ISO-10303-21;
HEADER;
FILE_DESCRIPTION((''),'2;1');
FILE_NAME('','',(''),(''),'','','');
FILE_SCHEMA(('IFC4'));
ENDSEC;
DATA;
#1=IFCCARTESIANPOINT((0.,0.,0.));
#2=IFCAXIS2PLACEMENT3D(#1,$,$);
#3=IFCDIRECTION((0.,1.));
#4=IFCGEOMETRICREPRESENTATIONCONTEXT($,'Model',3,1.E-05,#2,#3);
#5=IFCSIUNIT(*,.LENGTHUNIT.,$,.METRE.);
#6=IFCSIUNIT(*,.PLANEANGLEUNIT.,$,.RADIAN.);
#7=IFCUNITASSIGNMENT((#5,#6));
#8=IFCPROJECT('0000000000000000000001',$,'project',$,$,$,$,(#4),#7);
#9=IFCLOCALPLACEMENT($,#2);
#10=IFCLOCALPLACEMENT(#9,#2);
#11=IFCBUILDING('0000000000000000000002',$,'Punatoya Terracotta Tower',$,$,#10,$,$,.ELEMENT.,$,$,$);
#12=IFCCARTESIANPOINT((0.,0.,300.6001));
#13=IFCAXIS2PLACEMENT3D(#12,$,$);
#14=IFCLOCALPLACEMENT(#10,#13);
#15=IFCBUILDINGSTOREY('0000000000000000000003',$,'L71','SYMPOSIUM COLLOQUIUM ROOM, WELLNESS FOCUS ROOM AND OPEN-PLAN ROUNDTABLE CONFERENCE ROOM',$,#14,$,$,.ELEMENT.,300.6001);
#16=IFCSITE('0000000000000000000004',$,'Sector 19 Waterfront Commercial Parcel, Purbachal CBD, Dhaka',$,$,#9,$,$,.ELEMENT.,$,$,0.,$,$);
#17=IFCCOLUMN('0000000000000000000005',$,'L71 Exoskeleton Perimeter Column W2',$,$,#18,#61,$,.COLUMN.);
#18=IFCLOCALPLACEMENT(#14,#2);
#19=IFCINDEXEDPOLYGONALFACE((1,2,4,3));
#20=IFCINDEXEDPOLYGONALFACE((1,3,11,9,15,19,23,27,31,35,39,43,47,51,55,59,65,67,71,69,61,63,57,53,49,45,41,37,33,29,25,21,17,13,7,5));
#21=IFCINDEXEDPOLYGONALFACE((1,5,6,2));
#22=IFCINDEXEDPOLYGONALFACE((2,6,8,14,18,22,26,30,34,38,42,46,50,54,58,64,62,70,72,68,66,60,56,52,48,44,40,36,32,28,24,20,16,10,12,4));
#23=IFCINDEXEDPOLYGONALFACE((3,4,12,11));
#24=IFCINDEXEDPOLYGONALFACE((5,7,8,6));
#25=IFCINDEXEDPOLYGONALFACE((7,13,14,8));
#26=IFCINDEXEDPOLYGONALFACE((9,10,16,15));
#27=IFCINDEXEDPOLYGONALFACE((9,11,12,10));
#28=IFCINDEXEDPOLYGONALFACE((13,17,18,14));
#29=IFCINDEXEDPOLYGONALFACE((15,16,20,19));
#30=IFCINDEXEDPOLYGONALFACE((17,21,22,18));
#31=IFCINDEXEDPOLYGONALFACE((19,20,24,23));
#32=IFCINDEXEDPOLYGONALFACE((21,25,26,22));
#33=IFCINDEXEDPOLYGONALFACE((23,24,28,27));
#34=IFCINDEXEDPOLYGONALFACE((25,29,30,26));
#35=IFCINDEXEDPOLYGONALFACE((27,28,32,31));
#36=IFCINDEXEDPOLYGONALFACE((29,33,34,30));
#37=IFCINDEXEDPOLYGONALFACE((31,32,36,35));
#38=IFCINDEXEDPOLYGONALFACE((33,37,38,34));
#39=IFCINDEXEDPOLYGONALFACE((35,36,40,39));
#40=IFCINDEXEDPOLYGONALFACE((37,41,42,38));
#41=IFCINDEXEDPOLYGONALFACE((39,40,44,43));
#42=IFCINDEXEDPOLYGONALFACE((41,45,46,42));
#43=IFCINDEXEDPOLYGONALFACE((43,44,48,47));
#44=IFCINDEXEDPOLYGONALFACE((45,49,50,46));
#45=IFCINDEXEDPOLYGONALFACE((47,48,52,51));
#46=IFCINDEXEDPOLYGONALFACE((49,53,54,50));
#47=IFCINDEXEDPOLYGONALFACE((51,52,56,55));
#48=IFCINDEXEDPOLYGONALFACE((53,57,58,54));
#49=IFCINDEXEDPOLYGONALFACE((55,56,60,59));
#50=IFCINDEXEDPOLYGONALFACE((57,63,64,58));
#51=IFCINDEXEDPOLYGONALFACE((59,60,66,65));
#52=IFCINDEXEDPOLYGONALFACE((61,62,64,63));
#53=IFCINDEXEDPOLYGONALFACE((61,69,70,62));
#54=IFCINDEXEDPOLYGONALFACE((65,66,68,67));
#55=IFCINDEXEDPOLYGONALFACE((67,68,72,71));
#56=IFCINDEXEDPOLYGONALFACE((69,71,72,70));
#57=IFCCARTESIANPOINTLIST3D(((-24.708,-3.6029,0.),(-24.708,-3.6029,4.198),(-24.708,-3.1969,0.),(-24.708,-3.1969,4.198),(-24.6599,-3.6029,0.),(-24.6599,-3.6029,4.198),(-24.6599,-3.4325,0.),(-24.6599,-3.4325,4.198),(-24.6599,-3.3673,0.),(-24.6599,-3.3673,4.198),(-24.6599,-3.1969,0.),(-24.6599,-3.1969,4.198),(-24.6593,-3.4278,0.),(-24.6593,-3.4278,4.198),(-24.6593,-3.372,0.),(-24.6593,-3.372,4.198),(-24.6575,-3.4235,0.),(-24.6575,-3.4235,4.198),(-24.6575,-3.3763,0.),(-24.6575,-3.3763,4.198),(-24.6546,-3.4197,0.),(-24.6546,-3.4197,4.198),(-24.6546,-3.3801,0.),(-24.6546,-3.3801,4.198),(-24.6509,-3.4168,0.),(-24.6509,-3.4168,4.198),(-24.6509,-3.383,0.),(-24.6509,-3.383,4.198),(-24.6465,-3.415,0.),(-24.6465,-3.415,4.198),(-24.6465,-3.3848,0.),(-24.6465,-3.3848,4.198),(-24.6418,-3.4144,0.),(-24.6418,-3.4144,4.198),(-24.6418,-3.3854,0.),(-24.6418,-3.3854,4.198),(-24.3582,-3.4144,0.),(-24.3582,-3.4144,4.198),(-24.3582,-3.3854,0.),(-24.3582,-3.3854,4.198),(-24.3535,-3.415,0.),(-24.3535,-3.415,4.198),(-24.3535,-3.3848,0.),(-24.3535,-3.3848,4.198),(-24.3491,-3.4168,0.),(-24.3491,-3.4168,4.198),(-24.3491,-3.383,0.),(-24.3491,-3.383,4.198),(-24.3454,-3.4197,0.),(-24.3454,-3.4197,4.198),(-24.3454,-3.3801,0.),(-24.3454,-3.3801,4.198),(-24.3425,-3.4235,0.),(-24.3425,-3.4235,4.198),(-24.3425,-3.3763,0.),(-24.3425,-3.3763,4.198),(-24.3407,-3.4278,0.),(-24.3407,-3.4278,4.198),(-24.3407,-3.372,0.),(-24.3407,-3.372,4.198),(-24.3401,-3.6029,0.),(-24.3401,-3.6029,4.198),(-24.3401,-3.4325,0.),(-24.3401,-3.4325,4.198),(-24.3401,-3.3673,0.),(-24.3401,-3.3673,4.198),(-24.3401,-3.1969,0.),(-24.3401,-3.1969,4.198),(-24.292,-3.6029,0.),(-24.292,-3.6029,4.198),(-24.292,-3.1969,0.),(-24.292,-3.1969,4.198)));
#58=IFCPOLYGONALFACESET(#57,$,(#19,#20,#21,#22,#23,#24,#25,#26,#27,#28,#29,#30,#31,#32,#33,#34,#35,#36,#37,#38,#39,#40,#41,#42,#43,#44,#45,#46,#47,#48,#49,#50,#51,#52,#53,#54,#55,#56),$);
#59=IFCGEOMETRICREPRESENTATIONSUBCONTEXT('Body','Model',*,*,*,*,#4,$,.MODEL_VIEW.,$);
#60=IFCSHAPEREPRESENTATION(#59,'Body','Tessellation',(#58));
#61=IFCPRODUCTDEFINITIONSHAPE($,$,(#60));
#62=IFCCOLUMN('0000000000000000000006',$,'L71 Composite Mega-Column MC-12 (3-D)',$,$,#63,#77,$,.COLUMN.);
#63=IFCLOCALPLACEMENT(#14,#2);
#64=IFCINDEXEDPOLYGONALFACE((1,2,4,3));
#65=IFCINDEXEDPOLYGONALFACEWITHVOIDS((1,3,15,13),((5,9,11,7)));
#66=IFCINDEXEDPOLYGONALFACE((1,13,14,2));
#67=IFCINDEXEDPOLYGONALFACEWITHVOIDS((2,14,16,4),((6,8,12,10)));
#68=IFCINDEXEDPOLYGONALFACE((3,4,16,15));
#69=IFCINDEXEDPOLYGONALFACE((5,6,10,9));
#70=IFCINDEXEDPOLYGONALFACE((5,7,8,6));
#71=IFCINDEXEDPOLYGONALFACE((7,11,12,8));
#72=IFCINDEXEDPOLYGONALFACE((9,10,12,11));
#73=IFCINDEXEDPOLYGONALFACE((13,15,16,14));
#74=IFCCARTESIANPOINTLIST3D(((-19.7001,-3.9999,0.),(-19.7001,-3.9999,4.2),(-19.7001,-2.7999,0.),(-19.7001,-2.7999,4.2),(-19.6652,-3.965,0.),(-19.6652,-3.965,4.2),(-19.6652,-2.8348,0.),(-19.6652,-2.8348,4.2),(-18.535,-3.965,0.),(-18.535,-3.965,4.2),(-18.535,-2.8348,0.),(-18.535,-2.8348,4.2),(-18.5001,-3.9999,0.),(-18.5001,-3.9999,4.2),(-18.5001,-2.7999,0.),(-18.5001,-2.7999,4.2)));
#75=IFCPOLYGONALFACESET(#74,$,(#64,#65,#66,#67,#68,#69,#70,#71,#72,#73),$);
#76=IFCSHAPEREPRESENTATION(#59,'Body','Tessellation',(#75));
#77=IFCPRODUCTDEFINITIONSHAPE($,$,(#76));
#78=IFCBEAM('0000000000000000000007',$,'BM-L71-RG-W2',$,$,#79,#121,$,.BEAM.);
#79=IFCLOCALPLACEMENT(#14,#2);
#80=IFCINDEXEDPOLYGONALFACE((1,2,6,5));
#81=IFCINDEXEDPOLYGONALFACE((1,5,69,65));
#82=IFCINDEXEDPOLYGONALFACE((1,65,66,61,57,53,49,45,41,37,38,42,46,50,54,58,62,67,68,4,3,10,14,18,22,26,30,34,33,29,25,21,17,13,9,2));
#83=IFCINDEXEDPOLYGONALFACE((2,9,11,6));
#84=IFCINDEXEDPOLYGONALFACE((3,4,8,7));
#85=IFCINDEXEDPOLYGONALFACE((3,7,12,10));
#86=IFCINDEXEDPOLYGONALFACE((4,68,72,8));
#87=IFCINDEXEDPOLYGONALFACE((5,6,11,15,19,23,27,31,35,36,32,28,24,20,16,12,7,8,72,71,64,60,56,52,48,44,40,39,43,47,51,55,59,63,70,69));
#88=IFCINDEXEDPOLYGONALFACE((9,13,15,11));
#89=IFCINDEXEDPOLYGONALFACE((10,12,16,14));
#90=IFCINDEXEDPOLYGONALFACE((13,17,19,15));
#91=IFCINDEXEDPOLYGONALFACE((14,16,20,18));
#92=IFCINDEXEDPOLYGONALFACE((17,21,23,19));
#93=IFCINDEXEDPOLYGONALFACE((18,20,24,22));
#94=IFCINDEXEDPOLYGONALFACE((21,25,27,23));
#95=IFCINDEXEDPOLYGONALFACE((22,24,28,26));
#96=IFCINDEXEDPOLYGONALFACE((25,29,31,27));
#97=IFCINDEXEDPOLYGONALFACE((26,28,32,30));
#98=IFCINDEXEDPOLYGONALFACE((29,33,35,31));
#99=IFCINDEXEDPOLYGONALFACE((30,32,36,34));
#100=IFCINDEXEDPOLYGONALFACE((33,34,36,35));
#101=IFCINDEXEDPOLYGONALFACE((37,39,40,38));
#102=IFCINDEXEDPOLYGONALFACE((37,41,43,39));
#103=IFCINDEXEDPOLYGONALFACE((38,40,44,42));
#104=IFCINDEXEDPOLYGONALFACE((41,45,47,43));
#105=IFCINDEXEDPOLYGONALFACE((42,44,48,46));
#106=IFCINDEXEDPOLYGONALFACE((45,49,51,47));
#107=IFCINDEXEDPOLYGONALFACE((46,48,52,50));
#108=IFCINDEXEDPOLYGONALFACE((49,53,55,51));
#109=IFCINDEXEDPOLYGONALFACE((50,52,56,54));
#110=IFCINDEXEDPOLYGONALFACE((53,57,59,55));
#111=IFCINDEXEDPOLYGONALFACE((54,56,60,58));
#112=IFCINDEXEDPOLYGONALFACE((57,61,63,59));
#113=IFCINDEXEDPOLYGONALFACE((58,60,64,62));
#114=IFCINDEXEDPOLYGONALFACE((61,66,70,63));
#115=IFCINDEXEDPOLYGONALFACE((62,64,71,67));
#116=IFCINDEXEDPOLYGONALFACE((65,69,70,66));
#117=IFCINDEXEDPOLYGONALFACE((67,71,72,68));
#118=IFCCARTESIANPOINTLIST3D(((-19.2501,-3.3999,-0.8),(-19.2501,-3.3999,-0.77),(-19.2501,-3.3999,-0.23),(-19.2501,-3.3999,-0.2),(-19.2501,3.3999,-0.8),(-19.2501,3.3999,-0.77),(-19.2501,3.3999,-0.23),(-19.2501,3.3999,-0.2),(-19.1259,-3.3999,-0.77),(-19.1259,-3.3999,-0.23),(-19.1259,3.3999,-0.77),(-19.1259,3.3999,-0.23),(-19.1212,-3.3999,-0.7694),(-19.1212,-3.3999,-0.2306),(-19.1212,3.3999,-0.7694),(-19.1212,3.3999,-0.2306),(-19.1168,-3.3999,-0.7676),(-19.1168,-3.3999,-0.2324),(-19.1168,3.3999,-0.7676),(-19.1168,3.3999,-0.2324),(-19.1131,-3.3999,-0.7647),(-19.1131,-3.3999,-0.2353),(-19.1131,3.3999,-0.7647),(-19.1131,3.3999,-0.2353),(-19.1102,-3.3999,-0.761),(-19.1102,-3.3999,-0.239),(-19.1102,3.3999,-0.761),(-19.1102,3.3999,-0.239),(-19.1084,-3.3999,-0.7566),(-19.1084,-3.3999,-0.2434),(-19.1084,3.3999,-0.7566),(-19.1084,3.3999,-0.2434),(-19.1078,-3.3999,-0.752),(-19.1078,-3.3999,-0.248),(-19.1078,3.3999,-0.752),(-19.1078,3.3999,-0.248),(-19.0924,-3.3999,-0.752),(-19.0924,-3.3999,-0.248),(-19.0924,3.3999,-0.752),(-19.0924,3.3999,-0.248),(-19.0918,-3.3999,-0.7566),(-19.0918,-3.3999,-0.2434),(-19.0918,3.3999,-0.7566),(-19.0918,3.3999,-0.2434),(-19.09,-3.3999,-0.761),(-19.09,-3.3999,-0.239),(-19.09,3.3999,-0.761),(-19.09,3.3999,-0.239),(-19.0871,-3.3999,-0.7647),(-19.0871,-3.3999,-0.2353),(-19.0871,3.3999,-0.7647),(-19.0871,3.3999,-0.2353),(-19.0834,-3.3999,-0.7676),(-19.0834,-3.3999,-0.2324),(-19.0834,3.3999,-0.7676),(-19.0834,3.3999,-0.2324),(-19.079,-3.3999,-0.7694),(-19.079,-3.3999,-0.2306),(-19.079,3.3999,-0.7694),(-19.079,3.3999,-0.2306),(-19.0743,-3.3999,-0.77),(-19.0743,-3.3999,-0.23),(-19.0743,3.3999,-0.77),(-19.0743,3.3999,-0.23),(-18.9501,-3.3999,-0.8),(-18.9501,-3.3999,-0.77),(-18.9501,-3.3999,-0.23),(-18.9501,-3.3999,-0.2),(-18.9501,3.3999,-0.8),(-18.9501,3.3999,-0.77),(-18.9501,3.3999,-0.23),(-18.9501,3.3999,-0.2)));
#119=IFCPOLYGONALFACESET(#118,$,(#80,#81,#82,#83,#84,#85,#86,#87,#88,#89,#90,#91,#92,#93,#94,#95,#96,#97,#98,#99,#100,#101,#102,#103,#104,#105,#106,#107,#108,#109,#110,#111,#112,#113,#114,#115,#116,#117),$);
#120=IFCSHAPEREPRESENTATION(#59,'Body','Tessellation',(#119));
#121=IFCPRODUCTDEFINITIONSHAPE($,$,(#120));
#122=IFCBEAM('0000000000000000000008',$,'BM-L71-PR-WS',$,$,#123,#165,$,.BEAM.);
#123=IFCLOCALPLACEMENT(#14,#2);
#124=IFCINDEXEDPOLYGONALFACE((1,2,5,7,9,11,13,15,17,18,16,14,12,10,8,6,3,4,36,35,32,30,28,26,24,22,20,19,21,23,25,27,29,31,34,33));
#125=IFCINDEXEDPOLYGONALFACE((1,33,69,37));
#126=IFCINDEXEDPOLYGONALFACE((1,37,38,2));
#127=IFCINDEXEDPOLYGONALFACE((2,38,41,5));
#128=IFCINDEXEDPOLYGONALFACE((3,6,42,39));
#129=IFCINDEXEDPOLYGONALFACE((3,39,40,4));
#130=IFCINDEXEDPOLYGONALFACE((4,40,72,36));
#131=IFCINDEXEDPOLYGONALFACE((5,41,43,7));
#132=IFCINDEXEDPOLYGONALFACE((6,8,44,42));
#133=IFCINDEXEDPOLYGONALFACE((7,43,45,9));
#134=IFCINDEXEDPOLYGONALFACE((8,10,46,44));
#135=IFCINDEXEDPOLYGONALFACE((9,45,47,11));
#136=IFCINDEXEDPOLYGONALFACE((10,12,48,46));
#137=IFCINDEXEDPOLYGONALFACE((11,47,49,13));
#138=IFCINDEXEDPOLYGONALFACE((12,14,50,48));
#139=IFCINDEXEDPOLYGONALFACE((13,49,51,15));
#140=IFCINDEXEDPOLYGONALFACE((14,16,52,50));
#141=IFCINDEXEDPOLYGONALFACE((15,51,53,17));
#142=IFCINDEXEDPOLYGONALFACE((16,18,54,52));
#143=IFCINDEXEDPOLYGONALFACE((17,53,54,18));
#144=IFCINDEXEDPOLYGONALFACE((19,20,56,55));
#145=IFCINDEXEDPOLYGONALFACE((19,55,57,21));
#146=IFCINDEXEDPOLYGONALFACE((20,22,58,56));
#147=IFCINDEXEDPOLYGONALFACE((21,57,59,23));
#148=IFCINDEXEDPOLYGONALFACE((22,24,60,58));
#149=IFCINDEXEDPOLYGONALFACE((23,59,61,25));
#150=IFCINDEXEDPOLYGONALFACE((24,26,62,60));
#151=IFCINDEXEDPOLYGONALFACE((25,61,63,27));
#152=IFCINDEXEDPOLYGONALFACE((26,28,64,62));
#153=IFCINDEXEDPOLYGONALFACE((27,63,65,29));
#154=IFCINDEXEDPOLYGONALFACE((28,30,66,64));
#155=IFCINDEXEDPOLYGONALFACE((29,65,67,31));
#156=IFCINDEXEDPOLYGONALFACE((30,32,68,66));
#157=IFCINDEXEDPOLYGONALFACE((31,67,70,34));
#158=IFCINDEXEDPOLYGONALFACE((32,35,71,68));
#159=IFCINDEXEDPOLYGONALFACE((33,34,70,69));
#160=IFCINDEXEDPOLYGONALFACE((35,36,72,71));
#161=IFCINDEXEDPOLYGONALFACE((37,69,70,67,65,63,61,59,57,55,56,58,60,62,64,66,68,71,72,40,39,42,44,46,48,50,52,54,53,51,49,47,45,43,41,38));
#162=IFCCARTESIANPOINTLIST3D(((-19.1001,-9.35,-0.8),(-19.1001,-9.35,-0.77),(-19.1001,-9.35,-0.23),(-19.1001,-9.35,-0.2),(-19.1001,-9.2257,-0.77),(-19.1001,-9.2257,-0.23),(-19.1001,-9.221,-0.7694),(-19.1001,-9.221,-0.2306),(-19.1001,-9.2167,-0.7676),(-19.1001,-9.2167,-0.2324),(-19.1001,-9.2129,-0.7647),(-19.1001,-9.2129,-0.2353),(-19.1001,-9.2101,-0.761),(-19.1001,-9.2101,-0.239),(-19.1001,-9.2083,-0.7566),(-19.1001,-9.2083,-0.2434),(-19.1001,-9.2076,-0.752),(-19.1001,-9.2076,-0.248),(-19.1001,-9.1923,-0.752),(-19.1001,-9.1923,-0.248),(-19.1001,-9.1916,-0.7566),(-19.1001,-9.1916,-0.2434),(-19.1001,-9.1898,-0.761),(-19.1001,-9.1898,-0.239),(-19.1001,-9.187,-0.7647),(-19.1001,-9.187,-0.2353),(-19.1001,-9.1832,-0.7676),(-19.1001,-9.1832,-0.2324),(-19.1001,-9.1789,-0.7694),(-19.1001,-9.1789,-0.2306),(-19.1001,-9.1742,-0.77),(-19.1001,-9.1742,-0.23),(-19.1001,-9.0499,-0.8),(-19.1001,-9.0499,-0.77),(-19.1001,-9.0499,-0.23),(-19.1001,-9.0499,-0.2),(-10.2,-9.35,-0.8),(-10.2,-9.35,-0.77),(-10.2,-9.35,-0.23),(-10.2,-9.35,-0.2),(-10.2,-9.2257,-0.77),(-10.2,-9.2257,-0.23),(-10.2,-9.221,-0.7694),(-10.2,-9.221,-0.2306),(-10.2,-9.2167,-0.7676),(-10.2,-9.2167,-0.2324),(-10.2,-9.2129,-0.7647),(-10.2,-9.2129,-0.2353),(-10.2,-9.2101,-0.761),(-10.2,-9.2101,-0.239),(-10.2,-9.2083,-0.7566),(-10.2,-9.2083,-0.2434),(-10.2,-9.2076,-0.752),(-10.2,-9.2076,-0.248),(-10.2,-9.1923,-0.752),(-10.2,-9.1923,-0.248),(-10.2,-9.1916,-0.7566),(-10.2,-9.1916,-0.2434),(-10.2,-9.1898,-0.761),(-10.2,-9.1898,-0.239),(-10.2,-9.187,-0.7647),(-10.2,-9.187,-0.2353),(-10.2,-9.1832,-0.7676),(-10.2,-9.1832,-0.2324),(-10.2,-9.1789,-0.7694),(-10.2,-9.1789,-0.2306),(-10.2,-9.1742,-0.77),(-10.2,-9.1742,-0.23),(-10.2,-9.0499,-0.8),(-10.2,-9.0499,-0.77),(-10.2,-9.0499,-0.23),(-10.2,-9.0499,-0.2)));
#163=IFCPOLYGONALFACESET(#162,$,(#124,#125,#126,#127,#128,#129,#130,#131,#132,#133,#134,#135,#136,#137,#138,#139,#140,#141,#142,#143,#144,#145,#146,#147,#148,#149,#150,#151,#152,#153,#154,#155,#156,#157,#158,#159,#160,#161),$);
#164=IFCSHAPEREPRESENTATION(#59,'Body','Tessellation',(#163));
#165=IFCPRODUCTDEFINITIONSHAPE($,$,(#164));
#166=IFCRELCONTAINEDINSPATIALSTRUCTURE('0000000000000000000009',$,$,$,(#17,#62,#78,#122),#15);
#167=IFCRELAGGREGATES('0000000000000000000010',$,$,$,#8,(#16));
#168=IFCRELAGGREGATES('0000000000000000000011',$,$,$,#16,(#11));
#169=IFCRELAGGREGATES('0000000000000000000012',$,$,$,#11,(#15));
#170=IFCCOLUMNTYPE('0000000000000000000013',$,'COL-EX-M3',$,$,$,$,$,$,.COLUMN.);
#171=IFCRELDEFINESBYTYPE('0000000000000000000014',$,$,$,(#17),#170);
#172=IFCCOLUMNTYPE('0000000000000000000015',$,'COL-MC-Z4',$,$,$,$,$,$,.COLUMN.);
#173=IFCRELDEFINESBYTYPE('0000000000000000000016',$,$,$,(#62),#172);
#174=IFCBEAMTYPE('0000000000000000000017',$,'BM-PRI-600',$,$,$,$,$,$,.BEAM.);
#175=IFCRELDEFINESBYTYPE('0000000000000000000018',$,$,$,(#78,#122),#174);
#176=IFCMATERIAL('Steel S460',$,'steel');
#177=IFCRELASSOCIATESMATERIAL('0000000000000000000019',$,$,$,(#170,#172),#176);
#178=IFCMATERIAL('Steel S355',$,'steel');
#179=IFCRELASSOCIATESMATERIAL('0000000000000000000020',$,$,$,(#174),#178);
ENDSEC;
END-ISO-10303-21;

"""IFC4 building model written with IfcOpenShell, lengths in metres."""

from ifc_helpers import new_model, si_unit, direction, frame, origin, origin_2d, place, context, subcontext, project, spatial, hollow_rectangle, i_section, extrude, material, material_profile, profile_set, type_object, element, save


model = new_model("IFC4")

# Units and contexts
model_context = context("Model", 3, precision=1e-05, world=origin(), true_north=direction((0.0, 1.0)))
body_context = subcontext(model_context, "Body", "Model", "MODEL_VIEW")
ifc_project = project(units=[si_unit("LENGTHUNIT", "METRE"), si_unit("PLANEANGLEUNIT", "RADIAN")], contexts=[model_context])

# Site, building, storey
site_placement = place(None, origin())
site = spatial("IfcSite", under=ifc_project, at=site_placement, Name="Sector 19 Waterfront Commercial Parcel, Purbachal CBD, Dhaka", CompositionType="ELEMENT", RefElevation=0.0)
building_placement = place(site_placement, origin())
building = spatial("IfcBuilding", under=site, at=building_placement, Name="Punatoya Terracotta Tower", CompositionType="ELEMENT")
storey_placement = place(building_placement, frame((0.0, 0.0, 300.6001)))
storey = spatial("IfcBuildingStorey", under=building, at=storey_placement, Name="L71", Description="SYMPOSIUM COLLOQUIUM ROOM, WELLNESS FOCUS ROOM AND OPEN-PLAN ROUNDTABLE CONFERENCE ROOM", CompositionType="ELEMENT", Elevation=300.6001)

# Columns
ifc_material_1 = material(Name="Steel S460", Category="steel")
ifc_material_profile_1 = material_profile(ifc_material_1, i_section(OverallWidth=0.406, OverallDepth=0.416, WebThickness=0.0291, FlangeThickness=0.0481, FilletRadius=0.0181, at=origin_2d()))
ifc_profile_set_1 = profile_set([ifc_material_profile_1], Name="Steel S460")
column_type_1 = type_object("IfcColumnType", Name="COL-EX-M3", PredefinedType="COLUMN", material=ifc_profile_set_1)
column_1_placement = place(storey_placement, frame((-24.5, -3.3999, 0.0), z_axis=(0.0, 0.0, 1.0), x_axis=(0.0, 1.0, 0.0)))
element("IfcColumn", 1, at=column_1_placement, inside=storey, type_object=column_type_1, Name="L71 Exoskeleton Perimeter Column W2", PredefinedType="COLUMN", context=body_context, shape_type="SweptSolid", body=[
    extrude(i_section(OverallWidth=0.406, OverallDepth=0.416, WebThickness=0.0291, FlangeThickness=0.0481, FilletRadius=0.0181, at=origin_2d()), origin(), (0.0, 0.0, 1.0), 4.198),
])
ifc_material_profile_2 = material_profile(ifc_material_1, hollow_rectangle(XDim=1.2, YDim=1.2, WallThickness=0.0349, at=origin_2d()))
ifc_profile_set_2 = profile_set([ifc_material_profile_2], Name="Steel S460")
column_type_2 = type_object("IfcColumnType", Name="COL-MC-Z4", PredefinedType="COLUMN", material=ifc_profile_set_2)
column_2_placement = place(storey_placement, frame((-19.1001, -3.3999, 0.0), z_axis=(0.0, 0.0, 1.0), x_axis=(1.0, 0.0, 0.0)))
element("IfcColumn", 2, at=column_2_placement, inside=storey, type_object=column_type_2, Name="L71 Composite Mega-Column MC-12 (3-D)", PredefinedType="COLUMN", context=body_context, shape_type="SweptSolid", body=[
    extrude(hollow_rectangle(XDim=1.2, YDim=1.2, WallThickness=0.0349, at=origin_2d()), origin(), (0.0, 0.0, 1.0), 4.2),
])

# Beams
ifc_material_2 = material(Name="Steel S355", Category="steel")
ifc_material_profile_3 = material_profile(ifc_material_2, i_section(OverallWidth=0.3, OverallDepth=0.6001, WebThickness=0.0154, FlangeThickness=0.03, FilletRadius=0.0181, at=origin_2d()))
ifc_profile_set_3 = profile_set([ifc_material_profile_3], Name="Steel S355")
beam_type_1 = type_object("IfcBeamType", Name="BM-PRI-600", PredefinedType="BEAM", material=ifc_profile_set_3)
beam_1_placement = place(storey_placement, frame((-19.1001, -3.3999, -0.5), z_axis=(0.0, 1.0, 0.0), x_axis=(-1.0, 0.0, 0.0)))
element("IfcBeam", 3, at=beam_1_placement, inside=storey, type_object=beam_type_1, Name="BM-L71-RG-W2", PredefinedType="BEAM", context=body_context, shape_type="SweptSolid", body=[
    extrude(i_section(OverallWidth=0.3, OverallDepth=0.6001, WebThickness=0.0154, FlangeThickness=0.03, FilletRadius=0.0181, at=origin_2d()), origin(), (0.0, 0.0, 1.0), 6.7998),
])
for number, where, z_axis, x_axis, name in (
    (4, (-19.1001, -9.2, -0.5), (1.0, 0.0, 0.0), (0.0, 1.0, 0.0), "BM-L71-PR-WS"),
):
    element("IfcBeam", number, at=place(storey_placement, frame(where, z_axis=z_axis, x_axis=x_axis)), inside=storey, type_object=beam_type_1, Name=name, PredefinedType="BEAM", context=body_context, shape_type="SweptSolid", body=[
        extrude(i_section(OverallWidth=0.3, OverallDepth=0.6001, WebThickness=0.0154, FlangeThickness=0.03, FilletRadius=0.0181, at=origin_2d()), origin(), (0.0, 0.0, 1.0), 8.9001),
    ])

save(model, "model.ifc")
